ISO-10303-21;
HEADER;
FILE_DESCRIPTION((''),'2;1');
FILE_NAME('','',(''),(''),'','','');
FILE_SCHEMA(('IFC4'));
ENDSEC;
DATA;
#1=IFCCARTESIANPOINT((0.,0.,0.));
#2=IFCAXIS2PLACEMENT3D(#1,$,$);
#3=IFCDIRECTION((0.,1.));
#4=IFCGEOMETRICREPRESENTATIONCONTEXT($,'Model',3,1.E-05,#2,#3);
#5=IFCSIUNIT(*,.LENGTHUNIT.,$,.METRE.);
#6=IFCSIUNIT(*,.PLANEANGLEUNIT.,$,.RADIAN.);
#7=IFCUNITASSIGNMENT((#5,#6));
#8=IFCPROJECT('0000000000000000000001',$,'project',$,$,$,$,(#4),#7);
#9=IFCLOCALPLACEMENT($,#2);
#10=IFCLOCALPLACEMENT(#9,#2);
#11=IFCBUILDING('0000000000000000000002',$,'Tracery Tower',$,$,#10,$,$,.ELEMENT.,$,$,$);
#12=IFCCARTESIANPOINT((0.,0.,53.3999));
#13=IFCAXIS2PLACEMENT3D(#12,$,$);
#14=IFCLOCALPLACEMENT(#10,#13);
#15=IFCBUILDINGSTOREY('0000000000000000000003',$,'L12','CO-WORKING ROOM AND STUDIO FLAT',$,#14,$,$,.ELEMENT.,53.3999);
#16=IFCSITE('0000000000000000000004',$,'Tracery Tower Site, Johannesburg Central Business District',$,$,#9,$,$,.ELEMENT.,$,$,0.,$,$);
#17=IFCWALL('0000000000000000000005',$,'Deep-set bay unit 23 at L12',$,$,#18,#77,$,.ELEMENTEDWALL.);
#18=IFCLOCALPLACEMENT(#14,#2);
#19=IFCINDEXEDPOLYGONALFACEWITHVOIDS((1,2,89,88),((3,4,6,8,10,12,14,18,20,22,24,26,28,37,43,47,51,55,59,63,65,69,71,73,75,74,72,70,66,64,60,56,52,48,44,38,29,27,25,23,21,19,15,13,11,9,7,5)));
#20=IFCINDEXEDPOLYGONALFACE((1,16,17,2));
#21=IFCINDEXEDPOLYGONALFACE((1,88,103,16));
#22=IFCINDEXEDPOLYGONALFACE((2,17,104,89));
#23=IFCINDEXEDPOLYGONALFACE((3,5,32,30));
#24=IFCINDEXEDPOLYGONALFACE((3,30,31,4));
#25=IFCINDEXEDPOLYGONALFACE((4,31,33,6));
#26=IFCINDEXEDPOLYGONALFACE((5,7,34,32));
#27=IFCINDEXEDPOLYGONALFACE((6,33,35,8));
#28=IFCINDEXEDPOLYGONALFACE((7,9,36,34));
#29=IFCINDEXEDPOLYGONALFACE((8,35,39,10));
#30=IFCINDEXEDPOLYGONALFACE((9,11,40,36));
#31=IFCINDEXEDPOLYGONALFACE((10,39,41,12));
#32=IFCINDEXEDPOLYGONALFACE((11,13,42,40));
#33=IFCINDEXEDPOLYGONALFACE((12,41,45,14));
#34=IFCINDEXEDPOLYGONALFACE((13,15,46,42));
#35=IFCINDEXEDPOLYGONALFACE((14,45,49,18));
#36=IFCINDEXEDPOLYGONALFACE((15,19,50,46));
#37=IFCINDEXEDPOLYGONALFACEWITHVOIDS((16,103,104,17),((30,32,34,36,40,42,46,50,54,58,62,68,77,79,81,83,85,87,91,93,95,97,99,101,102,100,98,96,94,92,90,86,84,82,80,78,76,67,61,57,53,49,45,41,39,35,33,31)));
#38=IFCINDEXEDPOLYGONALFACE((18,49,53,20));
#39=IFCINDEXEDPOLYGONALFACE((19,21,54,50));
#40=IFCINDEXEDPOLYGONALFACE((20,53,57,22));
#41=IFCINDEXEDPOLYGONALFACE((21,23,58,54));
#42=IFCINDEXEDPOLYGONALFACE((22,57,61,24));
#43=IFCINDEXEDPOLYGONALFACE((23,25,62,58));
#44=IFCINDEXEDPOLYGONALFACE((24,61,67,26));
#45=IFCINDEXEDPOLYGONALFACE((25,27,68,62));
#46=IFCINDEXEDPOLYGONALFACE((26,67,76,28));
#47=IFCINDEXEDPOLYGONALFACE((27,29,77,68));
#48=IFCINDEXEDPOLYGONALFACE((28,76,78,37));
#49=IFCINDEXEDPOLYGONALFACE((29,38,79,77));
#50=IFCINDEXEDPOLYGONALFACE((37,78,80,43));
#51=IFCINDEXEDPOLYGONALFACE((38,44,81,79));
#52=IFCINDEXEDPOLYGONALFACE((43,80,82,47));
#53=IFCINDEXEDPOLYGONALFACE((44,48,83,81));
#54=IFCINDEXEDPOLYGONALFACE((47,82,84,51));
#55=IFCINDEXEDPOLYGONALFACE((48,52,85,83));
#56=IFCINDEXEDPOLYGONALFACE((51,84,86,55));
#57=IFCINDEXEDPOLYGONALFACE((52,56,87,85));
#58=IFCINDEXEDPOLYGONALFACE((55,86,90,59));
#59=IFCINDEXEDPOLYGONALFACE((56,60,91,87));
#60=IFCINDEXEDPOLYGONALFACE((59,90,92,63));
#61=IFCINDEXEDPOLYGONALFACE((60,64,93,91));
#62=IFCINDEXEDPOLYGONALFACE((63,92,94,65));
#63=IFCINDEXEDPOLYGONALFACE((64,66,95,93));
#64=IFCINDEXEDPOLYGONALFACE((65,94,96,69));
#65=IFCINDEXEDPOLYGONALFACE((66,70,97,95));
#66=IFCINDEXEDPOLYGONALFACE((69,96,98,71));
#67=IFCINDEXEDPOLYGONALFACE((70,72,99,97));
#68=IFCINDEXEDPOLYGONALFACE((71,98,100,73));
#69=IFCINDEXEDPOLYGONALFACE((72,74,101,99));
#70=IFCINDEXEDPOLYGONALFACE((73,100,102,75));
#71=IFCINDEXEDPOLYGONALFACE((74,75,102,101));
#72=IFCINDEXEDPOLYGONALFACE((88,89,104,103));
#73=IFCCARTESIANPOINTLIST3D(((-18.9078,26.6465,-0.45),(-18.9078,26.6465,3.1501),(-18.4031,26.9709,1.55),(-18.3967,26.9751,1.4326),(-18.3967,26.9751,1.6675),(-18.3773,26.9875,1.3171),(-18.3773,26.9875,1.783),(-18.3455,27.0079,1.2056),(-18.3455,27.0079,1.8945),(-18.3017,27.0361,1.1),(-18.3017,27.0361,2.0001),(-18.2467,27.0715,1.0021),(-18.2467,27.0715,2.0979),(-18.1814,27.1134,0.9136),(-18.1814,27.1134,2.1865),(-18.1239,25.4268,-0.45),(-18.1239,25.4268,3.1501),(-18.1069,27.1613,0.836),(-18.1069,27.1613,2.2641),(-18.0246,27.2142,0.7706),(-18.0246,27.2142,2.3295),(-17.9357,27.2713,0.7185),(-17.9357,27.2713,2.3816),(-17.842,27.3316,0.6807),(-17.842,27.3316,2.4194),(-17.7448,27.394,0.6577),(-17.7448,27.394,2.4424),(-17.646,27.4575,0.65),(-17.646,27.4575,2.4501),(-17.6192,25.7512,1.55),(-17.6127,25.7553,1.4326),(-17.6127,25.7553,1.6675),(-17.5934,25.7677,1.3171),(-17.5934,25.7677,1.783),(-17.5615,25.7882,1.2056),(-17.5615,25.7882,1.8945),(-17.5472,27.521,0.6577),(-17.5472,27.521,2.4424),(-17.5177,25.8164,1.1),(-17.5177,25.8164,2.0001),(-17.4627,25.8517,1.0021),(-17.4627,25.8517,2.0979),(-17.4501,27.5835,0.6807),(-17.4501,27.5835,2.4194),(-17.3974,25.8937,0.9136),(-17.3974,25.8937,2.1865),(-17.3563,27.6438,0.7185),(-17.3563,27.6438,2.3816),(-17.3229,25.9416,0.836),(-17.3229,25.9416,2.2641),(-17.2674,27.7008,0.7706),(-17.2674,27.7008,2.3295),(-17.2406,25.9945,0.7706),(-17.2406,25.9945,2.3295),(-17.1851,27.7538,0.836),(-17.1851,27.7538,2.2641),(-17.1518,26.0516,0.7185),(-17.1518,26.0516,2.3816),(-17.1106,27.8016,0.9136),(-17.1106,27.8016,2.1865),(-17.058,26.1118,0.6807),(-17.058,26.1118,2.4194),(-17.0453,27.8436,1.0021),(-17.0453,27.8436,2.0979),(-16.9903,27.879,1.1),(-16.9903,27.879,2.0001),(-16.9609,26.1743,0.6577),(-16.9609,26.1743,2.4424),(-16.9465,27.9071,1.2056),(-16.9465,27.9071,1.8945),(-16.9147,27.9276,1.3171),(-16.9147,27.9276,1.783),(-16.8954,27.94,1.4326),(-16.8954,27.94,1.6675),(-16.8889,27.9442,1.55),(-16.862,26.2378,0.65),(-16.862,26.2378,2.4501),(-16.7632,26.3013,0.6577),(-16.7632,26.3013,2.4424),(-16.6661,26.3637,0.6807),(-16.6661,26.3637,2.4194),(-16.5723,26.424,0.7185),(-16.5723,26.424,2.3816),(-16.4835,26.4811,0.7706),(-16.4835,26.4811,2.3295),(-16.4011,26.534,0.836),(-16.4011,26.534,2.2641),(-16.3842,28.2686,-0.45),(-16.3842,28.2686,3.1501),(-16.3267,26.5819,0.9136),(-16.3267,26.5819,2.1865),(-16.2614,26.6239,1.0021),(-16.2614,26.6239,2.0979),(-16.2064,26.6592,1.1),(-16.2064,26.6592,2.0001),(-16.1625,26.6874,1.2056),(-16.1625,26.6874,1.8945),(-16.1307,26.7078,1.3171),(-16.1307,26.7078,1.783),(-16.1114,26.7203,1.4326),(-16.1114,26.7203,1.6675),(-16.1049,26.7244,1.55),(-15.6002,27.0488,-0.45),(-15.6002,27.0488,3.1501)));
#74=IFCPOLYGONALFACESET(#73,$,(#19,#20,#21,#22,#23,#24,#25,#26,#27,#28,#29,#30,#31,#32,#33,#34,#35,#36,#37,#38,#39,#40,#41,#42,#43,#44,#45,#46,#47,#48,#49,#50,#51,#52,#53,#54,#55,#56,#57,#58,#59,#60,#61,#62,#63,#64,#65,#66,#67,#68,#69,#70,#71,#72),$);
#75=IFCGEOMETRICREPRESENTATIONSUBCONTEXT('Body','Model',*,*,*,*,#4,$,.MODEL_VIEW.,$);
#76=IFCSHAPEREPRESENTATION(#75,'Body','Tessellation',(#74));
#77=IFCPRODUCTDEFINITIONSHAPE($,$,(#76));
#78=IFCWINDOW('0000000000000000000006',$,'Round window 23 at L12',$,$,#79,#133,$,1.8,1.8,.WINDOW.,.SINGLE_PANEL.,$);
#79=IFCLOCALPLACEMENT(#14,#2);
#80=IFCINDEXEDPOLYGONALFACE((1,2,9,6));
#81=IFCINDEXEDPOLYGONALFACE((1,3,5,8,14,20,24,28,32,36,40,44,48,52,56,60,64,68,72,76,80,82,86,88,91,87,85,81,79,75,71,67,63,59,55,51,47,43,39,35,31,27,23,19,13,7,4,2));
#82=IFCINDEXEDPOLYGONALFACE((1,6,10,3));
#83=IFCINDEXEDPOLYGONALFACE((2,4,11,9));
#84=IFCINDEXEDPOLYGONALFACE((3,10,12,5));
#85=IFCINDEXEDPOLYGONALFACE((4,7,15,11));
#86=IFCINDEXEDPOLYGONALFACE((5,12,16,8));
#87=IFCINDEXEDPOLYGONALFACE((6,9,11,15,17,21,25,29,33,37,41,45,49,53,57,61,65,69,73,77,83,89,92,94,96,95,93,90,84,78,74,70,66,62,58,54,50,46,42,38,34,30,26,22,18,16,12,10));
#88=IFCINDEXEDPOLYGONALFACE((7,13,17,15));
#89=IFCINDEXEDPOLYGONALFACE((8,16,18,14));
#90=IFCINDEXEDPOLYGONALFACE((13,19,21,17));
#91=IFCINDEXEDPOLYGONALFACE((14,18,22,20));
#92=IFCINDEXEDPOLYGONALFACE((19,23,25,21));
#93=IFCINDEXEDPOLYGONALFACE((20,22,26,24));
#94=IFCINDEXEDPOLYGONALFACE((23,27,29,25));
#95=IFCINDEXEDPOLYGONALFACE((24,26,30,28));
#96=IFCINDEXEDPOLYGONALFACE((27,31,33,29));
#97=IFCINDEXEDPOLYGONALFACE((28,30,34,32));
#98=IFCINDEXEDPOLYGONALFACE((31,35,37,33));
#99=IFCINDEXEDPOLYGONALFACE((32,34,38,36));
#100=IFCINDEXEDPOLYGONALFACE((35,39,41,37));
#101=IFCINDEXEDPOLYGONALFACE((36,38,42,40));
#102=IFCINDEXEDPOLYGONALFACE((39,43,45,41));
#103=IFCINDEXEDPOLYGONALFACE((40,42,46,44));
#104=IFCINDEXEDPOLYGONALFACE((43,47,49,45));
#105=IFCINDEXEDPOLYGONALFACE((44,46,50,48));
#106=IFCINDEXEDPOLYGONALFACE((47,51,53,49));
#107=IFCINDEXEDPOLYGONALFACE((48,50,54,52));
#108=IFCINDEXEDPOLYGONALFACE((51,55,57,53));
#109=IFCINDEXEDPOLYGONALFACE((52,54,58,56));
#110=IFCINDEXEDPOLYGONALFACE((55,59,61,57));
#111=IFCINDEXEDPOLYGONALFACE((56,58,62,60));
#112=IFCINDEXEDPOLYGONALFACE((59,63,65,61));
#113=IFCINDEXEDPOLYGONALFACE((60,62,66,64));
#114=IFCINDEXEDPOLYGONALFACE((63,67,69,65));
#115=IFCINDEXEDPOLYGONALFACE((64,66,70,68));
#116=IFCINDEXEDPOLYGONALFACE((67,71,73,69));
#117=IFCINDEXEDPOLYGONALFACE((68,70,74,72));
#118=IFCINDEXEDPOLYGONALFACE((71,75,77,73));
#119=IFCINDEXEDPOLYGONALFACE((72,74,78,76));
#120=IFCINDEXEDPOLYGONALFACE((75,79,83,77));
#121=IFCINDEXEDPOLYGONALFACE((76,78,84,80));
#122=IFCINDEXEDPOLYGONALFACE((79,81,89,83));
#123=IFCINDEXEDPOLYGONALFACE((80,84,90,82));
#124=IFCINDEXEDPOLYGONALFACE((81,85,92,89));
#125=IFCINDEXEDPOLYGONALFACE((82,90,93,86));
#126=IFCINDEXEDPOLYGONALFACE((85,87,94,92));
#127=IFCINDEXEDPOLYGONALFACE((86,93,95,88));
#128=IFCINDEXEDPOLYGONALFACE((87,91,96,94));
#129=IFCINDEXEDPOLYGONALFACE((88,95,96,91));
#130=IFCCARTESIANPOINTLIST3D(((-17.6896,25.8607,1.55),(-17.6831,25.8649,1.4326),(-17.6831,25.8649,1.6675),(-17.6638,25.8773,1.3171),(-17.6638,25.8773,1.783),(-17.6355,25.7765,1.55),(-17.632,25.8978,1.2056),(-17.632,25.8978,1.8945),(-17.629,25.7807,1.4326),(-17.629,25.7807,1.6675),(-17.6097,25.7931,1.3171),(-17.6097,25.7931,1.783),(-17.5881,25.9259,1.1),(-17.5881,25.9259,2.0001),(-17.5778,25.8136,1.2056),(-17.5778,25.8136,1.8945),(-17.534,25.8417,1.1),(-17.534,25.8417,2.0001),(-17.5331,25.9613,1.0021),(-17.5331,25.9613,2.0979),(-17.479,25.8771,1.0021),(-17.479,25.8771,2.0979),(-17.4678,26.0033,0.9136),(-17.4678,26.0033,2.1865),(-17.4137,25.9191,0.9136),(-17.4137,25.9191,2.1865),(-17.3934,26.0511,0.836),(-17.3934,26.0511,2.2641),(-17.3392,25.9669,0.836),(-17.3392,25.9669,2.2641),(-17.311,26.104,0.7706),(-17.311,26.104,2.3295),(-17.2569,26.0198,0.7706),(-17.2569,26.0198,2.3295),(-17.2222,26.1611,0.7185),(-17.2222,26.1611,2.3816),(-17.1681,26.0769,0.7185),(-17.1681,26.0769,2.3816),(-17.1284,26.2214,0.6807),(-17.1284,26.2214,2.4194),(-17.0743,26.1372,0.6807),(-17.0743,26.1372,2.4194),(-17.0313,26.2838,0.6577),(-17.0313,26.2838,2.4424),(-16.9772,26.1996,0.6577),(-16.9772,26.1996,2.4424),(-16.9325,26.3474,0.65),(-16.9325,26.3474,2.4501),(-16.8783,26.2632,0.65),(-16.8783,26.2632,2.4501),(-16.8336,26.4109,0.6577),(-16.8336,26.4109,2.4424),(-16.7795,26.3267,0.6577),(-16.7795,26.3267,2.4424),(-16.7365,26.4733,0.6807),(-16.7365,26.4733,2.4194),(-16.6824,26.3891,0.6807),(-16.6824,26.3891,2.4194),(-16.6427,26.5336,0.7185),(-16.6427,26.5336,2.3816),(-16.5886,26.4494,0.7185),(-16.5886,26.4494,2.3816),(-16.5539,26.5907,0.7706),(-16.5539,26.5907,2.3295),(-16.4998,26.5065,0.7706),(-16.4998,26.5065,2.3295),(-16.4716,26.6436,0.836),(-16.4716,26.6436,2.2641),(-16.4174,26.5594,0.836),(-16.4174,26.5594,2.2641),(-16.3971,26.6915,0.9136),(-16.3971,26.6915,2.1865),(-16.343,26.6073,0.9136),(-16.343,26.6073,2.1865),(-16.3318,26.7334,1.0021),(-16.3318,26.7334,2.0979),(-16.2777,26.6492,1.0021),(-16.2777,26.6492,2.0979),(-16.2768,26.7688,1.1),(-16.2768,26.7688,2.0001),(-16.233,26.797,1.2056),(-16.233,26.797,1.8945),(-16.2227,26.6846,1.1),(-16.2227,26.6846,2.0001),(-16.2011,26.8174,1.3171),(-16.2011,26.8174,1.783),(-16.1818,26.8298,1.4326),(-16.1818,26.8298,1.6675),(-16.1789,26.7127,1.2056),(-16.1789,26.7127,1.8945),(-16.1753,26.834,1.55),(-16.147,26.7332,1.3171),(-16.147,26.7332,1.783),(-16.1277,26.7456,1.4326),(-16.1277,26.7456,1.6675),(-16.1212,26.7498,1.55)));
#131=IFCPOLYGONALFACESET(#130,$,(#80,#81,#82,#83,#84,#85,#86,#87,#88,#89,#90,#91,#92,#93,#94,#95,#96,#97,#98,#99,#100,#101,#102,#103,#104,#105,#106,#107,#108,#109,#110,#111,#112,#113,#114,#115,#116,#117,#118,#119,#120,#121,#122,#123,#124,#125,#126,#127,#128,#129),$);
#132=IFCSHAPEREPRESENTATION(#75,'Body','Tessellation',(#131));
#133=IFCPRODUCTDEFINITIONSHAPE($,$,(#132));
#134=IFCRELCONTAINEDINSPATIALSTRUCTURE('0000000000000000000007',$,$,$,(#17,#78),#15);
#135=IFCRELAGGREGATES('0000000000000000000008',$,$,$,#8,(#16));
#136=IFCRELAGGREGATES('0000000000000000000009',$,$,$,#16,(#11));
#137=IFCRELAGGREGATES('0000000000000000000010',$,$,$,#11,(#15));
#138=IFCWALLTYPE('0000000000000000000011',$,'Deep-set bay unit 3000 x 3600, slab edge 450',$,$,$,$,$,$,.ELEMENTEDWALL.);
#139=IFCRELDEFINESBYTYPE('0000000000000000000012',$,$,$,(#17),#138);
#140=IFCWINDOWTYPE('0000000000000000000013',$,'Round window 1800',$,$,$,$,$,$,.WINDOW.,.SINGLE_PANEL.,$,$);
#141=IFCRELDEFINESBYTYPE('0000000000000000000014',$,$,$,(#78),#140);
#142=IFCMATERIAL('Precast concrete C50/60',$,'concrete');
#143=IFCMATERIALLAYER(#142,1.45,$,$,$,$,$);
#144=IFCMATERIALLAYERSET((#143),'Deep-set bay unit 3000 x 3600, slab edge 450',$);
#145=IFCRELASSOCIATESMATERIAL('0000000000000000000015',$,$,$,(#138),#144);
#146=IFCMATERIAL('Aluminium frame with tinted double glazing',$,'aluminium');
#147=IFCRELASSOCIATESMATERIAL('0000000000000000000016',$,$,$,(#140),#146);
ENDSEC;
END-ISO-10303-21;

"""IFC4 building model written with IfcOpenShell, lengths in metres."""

from ifc_helpers import new_model, si_unit, direction, frame, frame_2d, origin, origin_2d, place, context, subcontext, project, spatial, rectangle, circle, extrude, material, layer, layer_set, type_object, element, fill, save


model = new_model("IFC4")

# Units and contexts
model_context = context("Model", 3, precision=1e-05, world=origin(), true_north=direction((0.0, 1.0)))
body_context = subcontext(model_context, "Body", "Model", "MODEL_VIEW")
ifc_project = project(units=[si_unit("LENGTHUNIT", "METRE"), si_unit("PLANEANGLEUNIT", "RADIAN")], contexts=[model_context])

# Site, building, storey
site_placement = place(None, origin())
site = spatial("IfcSite", under=ifc_project, at=site_placement, Name="Tracery Tower Site, Johannesburg Central Business District", CompositionType="ELEMENT", RefElevation=0.0)
building_placement = place(site_placement, origin())
building = spatial("IfcBuilding", under=site, at=building_placement, Name="Tracery Tower", CompositionType="ELEMENT")
storey_placement = place(building_placement, frame((0.0, 0.0, 53.3999)))
storey = spatial("IfcBuildingStorey", under=building, at=storey_placement, Name="L12", Description="CO-WORKING ROOM AND STUDIO FLAT", CompositionType="ELEMENT", Elevation=53.3999)

# Wall, opening, window
ifc_material_1 = material(Name="Precast concrete C50/60", Category="concrete")
ifc_layer_1 = layer(ifc_material_1, 1.45)
ifc_layer_set_1 = layer_set([ifc_layer_1], Name="Deep-set bay unit 3000 x 3600, slab edge 450")
wall_type_1 = type_object("IfcWallType", Name="Deep-set bay unit 3000 x 3600, slab edge 450", PredefinedType="ELEMENTEDWALL", material=ifc_layer_set_1)
wall_1_placement = place(storey_placement, frame((-15.9922, 27.6587, -0.45), z_axis=(0.0, 0.0, 1.0), x_axis=(-0.841223, -0.540688, 0.0)))
wall_1 = element("IfcWall", 1, at=wall_1_placement, inside=storey, type_object=wall_type_1, Name="Deep-set bay unit 23 at L12", PredefinedType="ELEMENTEDWALL", context=body_context, shape_type="SweptSolid", body=[
    extrude(rectangle(XDim=3.0, YDim=1.45, at=frame_2d((1.5, 0.0))), origin(), (0.0, 0.0, 1.0), 3.6001),
])
opening_1_placement = place(wall_1_placement, frame((1.5, 0.0, 2.0)))
opening_1 = element("IfcOpeningElement", 2, at=opening_1_placement, cuts=wall_1, PredefinedType="OPENING", context=body_context, shape_type="SweptSolid", body=[
    extrude(circle(Radius=0.9, at=origin_2d()), frame((0.0, 0.7349, 0.0), z_axis=(0.0, -1.0, 0.0), x_axis=(1.0, 0.0, 0.0)), (0.0, 0.0, 1.0), 1.47),
])
ifc_material_2 = material(Name="Aluminium frame with tinted double glazing", Category="aluminium")
window_type = type_object("IfcWindowType", Name="Round window 1800", PartitioningType="SINGLE_PANEL", PredefinedType="WINDOW", material=ifc_material_2)
window_1_placement = place(opening_1_placement, origin())
window_1 = element("IfcWindow", 3, at=window_1_placement, inside=storey, type_object=window_type, Name="Round window 23 at L12", OverallHeight=1.8, OverallWidth=1.8, PartitioningType="SINGLE_PANEL", PredefinedType="WINDOW", context=body_context, shape_type="SweptSolid", body=[
    extrude(circle(Radius=0.9, at=origin_2d()), frame((0.0, 0.6948, 0.0), z_axis=(0.0, -1.0, 0.0), x_axis=(1.0, 0.0, 0.0)), (0.0, 0.0, 1.0), 0.1001),
])
fill(opening_1, window_1)

save(model, "model.ifc")
